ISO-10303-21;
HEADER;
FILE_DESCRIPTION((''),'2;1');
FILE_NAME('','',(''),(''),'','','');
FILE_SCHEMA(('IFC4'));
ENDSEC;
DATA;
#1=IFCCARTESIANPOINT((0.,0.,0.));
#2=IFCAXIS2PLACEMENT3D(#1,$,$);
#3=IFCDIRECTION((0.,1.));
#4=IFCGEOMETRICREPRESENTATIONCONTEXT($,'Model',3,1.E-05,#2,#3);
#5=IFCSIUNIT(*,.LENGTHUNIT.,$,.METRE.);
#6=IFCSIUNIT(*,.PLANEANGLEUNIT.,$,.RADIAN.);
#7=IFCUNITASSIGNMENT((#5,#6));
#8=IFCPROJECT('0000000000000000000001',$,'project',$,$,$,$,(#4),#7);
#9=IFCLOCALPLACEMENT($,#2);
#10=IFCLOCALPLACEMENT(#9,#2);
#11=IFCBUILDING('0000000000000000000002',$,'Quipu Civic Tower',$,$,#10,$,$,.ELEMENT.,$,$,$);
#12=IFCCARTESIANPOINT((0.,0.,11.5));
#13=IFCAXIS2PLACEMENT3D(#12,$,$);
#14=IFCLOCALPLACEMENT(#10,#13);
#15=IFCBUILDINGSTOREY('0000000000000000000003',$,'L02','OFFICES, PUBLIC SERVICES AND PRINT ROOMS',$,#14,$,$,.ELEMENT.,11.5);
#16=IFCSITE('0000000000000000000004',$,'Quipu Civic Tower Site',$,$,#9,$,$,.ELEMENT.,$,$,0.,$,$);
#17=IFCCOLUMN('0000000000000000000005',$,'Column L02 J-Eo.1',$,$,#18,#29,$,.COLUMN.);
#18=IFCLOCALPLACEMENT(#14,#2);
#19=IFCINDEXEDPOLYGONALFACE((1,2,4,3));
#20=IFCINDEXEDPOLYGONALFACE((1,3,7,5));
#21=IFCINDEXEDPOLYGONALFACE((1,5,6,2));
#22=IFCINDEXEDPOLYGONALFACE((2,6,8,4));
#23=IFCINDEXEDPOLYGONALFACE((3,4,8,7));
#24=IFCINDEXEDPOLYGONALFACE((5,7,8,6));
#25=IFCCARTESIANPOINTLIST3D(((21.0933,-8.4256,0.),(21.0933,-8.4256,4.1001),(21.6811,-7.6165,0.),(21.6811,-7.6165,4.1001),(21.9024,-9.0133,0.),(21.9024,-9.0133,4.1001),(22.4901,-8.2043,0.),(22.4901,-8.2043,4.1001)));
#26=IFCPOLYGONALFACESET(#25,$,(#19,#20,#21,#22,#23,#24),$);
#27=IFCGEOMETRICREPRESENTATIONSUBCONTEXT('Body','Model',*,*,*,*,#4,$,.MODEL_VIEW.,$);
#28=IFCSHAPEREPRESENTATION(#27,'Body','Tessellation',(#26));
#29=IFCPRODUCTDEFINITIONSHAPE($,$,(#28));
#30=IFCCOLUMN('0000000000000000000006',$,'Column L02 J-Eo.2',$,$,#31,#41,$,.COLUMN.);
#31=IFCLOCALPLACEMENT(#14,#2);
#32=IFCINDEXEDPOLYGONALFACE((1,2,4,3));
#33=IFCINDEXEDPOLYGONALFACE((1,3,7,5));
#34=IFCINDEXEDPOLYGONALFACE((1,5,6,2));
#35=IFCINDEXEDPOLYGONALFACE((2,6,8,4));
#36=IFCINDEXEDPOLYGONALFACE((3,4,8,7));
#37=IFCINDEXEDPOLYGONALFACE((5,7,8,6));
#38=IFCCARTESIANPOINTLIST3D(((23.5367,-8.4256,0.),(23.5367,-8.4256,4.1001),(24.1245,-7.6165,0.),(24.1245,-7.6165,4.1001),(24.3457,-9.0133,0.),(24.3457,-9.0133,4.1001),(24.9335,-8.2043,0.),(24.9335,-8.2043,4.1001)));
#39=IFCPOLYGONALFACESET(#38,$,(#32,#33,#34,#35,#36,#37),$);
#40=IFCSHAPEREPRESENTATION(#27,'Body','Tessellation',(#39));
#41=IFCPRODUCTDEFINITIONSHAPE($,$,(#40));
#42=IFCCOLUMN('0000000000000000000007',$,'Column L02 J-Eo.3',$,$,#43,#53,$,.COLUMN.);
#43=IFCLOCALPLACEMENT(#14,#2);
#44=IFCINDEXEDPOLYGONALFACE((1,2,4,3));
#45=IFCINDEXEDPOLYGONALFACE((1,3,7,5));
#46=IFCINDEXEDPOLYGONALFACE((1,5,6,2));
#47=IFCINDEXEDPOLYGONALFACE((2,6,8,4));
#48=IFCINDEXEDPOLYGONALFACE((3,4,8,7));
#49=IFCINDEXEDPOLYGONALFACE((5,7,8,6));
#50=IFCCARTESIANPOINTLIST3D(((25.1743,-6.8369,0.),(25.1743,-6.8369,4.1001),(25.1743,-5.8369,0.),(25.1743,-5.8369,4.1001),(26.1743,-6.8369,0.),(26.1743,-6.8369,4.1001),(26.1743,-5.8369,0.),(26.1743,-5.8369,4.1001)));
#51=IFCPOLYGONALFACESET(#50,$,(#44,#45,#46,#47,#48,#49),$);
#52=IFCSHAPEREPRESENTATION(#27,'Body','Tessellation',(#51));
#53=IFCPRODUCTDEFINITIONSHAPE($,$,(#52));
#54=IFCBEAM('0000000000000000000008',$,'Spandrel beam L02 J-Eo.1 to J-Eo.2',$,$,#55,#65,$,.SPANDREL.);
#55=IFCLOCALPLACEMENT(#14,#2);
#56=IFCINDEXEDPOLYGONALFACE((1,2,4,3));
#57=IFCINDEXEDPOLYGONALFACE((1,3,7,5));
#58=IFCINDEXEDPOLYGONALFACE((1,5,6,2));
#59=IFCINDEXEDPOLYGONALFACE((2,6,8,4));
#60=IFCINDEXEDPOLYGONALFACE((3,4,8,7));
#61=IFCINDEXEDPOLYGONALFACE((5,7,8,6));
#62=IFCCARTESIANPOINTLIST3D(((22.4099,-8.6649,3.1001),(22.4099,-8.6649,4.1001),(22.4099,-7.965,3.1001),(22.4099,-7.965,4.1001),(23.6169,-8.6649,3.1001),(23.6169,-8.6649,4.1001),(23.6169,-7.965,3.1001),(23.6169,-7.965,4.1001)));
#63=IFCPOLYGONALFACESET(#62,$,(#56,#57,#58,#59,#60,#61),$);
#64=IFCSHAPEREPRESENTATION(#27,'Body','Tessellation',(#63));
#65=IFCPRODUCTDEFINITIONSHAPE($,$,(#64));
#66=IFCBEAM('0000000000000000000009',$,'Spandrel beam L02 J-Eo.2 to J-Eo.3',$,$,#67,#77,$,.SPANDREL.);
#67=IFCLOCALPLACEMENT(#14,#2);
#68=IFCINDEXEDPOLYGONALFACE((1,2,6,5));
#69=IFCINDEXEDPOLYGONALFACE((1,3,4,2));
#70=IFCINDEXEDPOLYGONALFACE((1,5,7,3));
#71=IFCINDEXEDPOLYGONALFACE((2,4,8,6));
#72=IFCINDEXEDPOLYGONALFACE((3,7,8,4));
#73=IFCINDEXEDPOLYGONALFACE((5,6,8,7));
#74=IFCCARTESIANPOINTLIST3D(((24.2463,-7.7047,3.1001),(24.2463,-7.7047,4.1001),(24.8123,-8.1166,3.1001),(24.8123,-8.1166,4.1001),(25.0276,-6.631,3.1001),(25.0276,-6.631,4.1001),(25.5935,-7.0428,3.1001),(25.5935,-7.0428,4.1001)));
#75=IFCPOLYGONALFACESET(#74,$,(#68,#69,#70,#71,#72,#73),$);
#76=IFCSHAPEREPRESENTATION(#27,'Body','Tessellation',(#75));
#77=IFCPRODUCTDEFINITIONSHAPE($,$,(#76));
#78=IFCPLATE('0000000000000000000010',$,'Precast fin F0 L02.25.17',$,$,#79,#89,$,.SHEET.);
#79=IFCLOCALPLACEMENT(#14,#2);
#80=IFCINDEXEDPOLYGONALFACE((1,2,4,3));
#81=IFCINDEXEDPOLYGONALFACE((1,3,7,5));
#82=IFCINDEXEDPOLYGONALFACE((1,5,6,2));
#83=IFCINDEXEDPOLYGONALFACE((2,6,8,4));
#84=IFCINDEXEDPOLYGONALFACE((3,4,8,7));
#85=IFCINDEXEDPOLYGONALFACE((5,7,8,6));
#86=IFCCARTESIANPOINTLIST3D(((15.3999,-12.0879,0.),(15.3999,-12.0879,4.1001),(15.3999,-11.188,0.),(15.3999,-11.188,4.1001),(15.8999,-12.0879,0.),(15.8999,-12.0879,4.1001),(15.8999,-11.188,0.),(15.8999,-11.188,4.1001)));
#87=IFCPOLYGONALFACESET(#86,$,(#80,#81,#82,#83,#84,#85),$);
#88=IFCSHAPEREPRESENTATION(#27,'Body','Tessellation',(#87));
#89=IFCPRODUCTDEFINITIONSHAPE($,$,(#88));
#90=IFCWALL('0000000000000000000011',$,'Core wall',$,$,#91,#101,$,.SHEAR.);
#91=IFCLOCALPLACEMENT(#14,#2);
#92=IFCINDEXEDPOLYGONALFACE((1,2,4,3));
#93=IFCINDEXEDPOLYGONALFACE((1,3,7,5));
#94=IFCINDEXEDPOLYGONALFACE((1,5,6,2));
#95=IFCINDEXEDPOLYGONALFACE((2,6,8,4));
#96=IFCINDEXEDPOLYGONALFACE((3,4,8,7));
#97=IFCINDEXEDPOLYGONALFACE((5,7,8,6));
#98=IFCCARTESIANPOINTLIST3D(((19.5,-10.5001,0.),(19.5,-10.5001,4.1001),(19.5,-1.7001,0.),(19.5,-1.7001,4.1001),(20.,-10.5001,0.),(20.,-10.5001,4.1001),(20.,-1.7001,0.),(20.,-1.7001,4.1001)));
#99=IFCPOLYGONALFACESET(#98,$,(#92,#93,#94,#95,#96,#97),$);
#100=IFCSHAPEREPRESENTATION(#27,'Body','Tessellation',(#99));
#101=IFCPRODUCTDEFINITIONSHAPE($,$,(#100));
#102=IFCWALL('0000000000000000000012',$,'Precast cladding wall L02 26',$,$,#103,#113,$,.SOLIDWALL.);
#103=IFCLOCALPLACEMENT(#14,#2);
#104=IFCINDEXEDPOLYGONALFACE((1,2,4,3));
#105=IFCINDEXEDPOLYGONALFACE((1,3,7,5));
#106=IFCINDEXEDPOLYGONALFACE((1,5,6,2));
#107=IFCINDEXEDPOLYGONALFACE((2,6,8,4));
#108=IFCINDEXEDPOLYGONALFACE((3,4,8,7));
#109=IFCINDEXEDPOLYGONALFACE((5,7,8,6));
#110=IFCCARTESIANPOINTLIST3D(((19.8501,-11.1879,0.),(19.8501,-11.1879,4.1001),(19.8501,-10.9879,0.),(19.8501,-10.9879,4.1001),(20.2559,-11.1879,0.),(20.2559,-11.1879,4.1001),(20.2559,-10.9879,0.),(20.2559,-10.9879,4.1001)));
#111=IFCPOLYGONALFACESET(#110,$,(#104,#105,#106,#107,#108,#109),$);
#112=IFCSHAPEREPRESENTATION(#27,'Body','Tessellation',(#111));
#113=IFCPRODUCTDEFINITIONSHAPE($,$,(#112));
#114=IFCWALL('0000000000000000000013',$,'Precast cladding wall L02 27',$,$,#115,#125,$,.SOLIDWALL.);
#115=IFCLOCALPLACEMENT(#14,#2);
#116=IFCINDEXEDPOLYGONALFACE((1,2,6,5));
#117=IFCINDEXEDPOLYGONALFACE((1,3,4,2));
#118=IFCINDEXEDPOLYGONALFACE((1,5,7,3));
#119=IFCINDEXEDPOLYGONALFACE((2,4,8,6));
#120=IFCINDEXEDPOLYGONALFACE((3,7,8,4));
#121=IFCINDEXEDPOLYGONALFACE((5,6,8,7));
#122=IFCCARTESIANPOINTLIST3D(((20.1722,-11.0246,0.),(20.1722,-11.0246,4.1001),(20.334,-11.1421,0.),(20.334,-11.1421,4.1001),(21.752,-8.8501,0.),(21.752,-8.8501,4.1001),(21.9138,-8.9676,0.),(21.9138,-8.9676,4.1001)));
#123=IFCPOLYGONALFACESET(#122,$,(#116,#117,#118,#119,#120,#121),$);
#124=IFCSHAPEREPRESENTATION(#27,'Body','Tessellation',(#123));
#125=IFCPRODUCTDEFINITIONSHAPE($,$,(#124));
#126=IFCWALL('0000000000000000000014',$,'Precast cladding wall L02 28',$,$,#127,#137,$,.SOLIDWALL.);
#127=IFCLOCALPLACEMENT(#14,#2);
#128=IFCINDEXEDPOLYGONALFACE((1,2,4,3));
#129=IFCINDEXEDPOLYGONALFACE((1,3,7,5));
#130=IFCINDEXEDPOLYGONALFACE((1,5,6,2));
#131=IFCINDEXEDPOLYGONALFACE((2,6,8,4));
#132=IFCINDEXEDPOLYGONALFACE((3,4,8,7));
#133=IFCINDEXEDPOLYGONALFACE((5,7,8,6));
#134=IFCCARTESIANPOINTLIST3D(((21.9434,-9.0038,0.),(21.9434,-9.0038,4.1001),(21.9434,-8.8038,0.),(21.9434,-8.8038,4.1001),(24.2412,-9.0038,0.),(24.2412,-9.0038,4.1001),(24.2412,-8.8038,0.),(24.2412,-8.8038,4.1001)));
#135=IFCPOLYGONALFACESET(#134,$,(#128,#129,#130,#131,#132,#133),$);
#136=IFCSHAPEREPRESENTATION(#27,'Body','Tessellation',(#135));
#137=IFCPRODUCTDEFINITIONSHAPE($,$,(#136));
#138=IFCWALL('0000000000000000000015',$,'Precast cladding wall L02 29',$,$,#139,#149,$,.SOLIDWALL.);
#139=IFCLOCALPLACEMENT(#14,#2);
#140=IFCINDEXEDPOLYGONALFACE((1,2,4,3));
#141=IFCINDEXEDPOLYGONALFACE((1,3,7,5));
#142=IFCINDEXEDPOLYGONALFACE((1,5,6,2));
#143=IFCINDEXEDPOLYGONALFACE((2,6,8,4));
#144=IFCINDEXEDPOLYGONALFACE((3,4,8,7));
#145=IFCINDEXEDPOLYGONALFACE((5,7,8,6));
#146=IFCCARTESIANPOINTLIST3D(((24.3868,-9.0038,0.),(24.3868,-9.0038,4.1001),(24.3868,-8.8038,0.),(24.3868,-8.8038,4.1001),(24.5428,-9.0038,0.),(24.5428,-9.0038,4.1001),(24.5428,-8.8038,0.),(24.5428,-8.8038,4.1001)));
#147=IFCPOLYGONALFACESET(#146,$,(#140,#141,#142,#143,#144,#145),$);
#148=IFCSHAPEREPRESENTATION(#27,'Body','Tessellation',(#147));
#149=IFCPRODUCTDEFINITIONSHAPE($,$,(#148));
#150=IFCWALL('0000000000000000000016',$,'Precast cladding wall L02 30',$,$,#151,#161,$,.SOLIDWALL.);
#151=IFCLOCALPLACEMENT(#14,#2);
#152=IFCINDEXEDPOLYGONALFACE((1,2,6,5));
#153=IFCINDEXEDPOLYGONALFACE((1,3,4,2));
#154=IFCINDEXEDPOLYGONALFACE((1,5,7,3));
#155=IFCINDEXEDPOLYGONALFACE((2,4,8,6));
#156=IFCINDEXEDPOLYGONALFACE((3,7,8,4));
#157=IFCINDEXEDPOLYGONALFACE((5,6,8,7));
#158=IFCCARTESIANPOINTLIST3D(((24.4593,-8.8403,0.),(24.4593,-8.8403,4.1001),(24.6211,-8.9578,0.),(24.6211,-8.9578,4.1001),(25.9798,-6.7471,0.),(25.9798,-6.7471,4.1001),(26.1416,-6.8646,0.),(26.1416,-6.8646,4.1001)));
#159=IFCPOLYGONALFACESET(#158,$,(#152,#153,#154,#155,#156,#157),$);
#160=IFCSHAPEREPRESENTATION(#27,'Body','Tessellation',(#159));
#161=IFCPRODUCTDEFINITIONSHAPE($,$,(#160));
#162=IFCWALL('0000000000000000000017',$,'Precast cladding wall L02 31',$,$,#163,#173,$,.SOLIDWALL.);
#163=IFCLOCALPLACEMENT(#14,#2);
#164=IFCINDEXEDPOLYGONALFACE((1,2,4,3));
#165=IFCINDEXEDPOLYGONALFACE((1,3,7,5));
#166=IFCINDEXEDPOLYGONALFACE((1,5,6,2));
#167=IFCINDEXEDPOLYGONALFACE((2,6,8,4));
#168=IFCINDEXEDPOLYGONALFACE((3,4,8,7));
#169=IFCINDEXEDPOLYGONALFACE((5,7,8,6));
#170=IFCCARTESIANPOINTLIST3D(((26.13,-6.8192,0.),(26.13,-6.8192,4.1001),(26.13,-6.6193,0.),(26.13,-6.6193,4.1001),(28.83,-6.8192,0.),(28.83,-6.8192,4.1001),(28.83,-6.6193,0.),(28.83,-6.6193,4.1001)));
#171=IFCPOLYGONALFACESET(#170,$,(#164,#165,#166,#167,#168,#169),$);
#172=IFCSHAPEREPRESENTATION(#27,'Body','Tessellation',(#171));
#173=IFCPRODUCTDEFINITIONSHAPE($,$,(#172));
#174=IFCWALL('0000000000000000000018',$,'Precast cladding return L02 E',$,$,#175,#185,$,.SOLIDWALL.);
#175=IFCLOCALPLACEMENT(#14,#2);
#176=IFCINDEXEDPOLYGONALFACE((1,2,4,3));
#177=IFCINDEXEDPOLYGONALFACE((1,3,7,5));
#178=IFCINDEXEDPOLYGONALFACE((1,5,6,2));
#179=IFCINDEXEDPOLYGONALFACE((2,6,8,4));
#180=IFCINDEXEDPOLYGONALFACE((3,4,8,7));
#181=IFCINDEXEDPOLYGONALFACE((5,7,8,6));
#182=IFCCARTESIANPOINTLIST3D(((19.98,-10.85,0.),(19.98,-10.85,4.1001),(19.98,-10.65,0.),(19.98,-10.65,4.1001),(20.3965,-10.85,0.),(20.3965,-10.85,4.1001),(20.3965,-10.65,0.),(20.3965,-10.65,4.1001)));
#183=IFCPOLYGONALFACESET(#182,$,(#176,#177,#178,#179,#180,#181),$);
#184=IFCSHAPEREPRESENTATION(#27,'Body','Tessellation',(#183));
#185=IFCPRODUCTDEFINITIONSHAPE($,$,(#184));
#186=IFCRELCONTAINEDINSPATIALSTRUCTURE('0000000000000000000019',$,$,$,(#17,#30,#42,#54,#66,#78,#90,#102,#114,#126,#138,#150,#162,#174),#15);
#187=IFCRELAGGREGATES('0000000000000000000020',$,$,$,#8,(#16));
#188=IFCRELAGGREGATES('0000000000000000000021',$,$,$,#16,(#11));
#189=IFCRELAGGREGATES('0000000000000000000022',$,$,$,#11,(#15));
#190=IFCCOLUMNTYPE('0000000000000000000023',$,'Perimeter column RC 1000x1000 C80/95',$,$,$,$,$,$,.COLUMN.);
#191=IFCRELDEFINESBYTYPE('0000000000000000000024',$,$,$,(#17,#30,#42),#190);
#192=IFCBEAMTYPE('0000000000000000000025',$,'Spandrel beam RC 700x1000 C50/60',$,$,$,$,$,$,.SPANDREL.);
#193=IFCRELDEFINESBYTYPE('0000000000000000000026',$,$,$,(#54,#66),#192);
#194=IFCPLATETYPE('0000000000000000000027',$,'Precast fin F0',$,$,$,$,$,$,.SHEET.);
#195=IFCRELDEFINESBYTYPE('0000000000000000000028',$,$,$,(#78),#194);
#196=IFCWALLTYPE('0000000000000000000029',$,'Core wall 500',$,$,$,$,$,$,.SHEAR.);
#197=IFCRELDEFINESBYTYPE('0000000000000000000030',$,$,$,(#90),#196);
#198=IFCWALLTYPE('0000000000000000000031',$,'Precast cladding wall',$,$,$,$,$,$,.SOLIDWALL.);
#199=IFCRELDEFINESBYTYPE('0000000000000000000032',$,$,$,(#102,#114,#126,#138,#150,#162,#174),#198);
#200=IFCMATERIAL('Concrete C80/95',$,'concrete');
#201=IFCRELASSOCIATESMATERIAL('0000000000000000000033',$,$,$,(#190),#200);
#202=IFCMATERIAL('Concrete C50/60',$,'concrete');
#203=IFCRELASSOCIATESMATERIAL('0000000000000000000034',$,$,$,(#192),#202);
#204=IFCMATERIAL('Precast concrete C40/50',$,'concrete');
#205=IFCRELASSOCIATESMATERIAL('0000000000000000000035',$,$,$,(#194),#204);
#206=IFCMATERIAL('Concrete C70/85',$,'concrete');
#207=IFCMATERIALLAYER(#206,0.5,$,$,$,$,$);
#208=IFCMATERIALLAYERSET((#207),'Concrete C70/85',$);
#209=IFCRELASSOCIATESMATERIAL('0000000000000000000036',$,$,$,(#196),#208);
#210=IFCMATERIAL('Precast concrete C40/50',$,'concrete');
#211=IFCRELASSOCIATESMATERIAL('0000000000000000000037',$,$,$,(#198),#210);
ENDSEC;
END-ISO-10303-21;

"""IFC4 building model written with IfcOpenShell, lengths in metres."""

from ifc_helpers import new_model, si_unit, direction, frame, frame_2d, origin, origin_2d, place, context, subcontext, project, spatial, rectangle, extrude, material, layer, layer_set, material_profile, profile_set, type_object, element, save


model = new_model("IFC4")

# Units and contexts
model_context = context("Model", 3, precision=1e-05, world=origin(), true_north=direction((0.0, 1.0)))
body_context = subcontext(model_context, "Body", "Model", "MODEL_VIEW")
ifc_project = project(units=[si_unit("LENGTHUNIT", "METRE"), si_unit("PLANEANGLEUNIT", "RADIAN")], contexts=[model_context])

# Site, building, storey
site_placement = place(None, origin())
site = spatial("IfcSite", under=ifc_project, at=site_placement, Name="Quipu Civic Tower Site", CompositionType="ELEMENT", RefElevation=0.0)
building_placement = place(site_placement, origin())
building = spatial("IfcBuilding", under=site, at=building_placement, Name="Quipu Civic Tower", CompositionType="ELEMENT")
storey_placement = place(building_placement, frame((0.0, 0.0, 11.5)))
storey = spatial("IfcBuildingStorey", under=building, at=storey_placement, Name="L02", Description="OFFICES, PUBLIC SERVICES AND PRINT ROOMS", CompositionType="ELEMENT", Elevation=11.5)

# Columns
ifc_material_1 = material(Name="Concrete C80/95", Category="concrete")
ifc_material_profile_1 = material_profile(ifc_material_1, rectangle(XDim=1.0, YDim=1.0, at=origin_2d()), Name="RC1000x1000")
ifc_profile_set_1 = profile_set([ifc_material_profile_1], Name="Concrete C80/95")
column_type = type_object("IfcColumnType", Name="Perimeter column RC 1000x1000 C80/95", PredefinedType="COLUMN", material=ifc_profile_set_1)
for number, where, z_axis, x_axis, name in (
    (1, (21.7917, -8.3149, 0.0), (0.0, 0.0, 1.0), (0.587785, 0.809017, 0.0), "Column L02 J-Eo.1"),
    (2, (24.2351, -8.3149, 0.0), (0.0, 0.0, 1.0), (0.587785, 0.809017, 0.0), "Column L02 J-Eo.2"),
    (3, (25.6743, -6.3369, 0.0), (0.0, 0.0, 1.0), (1.0, 0.0, 0.0), "Column L02 J-Eo.3"),
):
    element("IfcColumn", number, at=place(storey_placement, frame(where, z_axis=z_axis, x_axis=x_axis)), inside=storey, type_object=column_type, Name=name, PredefinedType="COLUMN", context=body_context, shape_type="SweptSolid", body=[
        extrude(rectangle(XDim=1.0, YDim=1.0, at=origin_2d()), origin(), (0.0, 0.0, 1.0), 4.1001),
    ])

# Beams
ifc_material_2 = material(Name="Concrete C50/60", Category="concrete")
ifc_material_profile_2 = material_profile(ifc_material_2, rectangle(XDim=0.7, YDim=1.0, at=origin_2d()), Name="RC700x1000")
ifc_profile_set_2 = profile_set([ifc_material_profile_2], Name="Concrete C50/60")
beam_type = type_object("IfcBeamType", Name="Spandrel beam RC 700x1000 C50/60", PredefinedType="SPANDREL", material=ifc_profile_set_2)
beam_1_placement = place(storey_placement, frame((22.4099, -8.3149, 3.6001), z_axis=(1.0, 0.0, 0.0), x_axis=(0.0, 1.0, 0.0)))
element("IfcBeam", 4, at=beam_1_placement, inside=storey, type_object=beam_type, Name="Spandrel beam L02 J-Eo.1 to J-Eo.2", PredefinedType="SPANDREL", context=body_context, shape_type="SweptSolid", body=[
    extrude(rectangle(XDim=0.7, YDim=1.0, at=origin_2d()), origin(), (0.0, 0.0, 1.0), 1.207),
])
beam_2_placement = place(storey_placement, frame((24.5293, -7.9106, 3.6001), z_axis=(0.588347, 0.808609, 0.0), x_axis=(-0.808609, 0.588347, 0.0)))
element("IfcBeam", 5, at=beam_2_placement, inside=storey, type_object=beam_type, Name="Spandrel beam L02 J-Eo.2 to J-Eo.3", PredefinedType="SPANDREL", context=body_context, shape_type="SweptSolid", body=[
    extrude(rectangle(XDim=0.7, YDim=1.0, at=origin_2d()), origin(), (0.0, 0.0, 1.0), 1.3279),
])

# Plate
ifc_material_3 = material(Name="Precast concrete C40/50", Category="concrete")
plate_type = type_object("IfcPlateType", Name="Precast fin F0", PredefinedType="SHEET", material=ifc_material_3)
plate_placement = place(storey_placement, frame((15.6499, -11.6379, 0.0), z_axis=(0.0, 0.0, 1.0), x_axis=(1.0, 0.0, 0.0)))
element("IfcPlate", 6, at=plate_placement, inside=storey, type_object=plate_type, Name="Precast fin F0 L02.25.17", PredefinedType="SHEET", context=body_context, shape_type="SweptSolid", body=[
    extrude(rectangle(XDim=0.5, YDim=0.8999, at=origin_2d()), origin(), (0.0, 0.0, 1.0), 4.1001),
])

# Walls
ifc_material_4 = material(Name="Concrete C70/85", Category="concrete")
ifc_layer = layer(ifc_material_4, 0.5)
ifc_layer_set = layer_set([ifc_layer], Name="Concrete C70/85")
wall_type_1 = type_object("IfcWallType", Name="Core wall 500", PredefinedType="SHEAR", material=ifc_layer_set)
wall_1_placement = place(storey_placement, frame((19.75, -10.5, 0.0), z_axis=(0.0, 0.0, 1.0), x_axis=(0.0, 1.0, 0.0)))
element("IfcWall", 7, at=wall_1_placement, inside=storey, type_object=wall_type_1, Name="Core wall", PredefinedType="SHEAR", context=body_context, shape_type="SweptSolid", body=[
    extrude(rectangle(XDim=8.8, YDim=0.5, at=frame_2d((4.3999, 0.0))), origin(), (0.0, 0.0, 1.0), 4.1001),
])
ifc_material_5 = material(Name="Precast concrete C40/50", Category="concrete")
wall_type_2 = type_object("IfcWallType", Name="Precast cladding wall", PredefinedType="SOLIDWALL", material=ifc_material_5)
wall_2_placement = place(storey_placement, frame((19.8501, -11.0879, 0.0), z_axis=(0.0, 0.0, 1.0), x_axis=(1.0, 0.0, 0.0)))
element("IfcWall", 8, at=wall_2_placement, inside=storey, type_object=wall_type_2, Name="Precast cladding wall L02 26", PredefinedType="SOLIDWALL", context=body_context, shape_type="SweptSolid", body=[
    extrude(rectangle(XDim=0.4058, YDim=0.2, at=frame_2d((0.2029, 0.0))), origin(), (0.0, 0.0, 1.0), 4.1001),
])
wall_3_placement = place(storey_placement, frame((20.2532, -11.0833, 0.0), z_axis=(0.0, 0.0, 1.0), x_axis=(0.587767, 0.809031, 0.0)))
element("IfcWall", 9, at=wall_3_placement, inside=storey, type_object=wall_type_2, Name="Precast cladding wall L02 27", PredefinedType="SOLIDWALL", context=body_context, shape_type="SweptSolid", body=[
    extrude(rectangle(XDim=2.6877, YDim=0.2, at=frame_2d((1.3438, 0.0))), origin(), (0.0, 0.0, 1.0), 4.1001),
])
wall_4_placement = place(storey_placement, frame((21.9434, -8.9038, 0.0), z_axis=(0.0, 0.0, 1.0), x_axis=(1.0, 0.0, 0.0)))
element("IfcWall", 10, at=wall_4_placement, inside=storey, type_object=wall_type_2, Name="Precast cladding wall L02 28", PredefinedType="SOLIDWALL", context=body_context, shape_type="SweptSolid", body=[
    extrude(rectangle(XDim=2.2979, YDim=0.2, at=frame_2d((1.1489, 0.0))), origin(), (0.0, 0.0, 1.0), 4.1001),
])
wall_5_placement = place(storey_placement, frame((24.3867, -8.9038, 0.0), z_axis=(0.0, 0.0, 1.0), x_axis=(1.0, 0.0, 0.0)))
element("IfcWall", 11, at=wall_5_placement, inside=storey, type_object=wall_type_2, Name="Precast cladding wall L02 29", PredefinedType="SOLIDWALL", context=body_context, shape_type="SweptSolid", body=[
    extrude(rectangle(XDim=0.156, YDim=0.2, at=frame_2d((0.0781, 0.0))), origin(), (0.0, 0.0, 1.0), 4.1001),
])
wall_6_placement = place(storey_placement, frame((24.5403, -8.8989, 0.0), z_axis=(0.0, 0.0, 1.0), x_axis=(0.5877, 0.809079, 0.0)))
element("IfcWall", 12, at=wall_6_placement, inside=storey, type_object=wall_type_2, Name="Precast cladding wall L02 30", PredefinedType="SOLIDWALL", context=body_context, shape_type="SweptSolid", body=[
    extrude(rectangle(XDim=2.5872, YDim=0.2, at=frame_2d((1.2935, 0.0))), origin(), (0.0, 0.0, 1.0), 4.1001),
])
wall_7_placement = place(storey_placement, frame((26.1299, -6.7192, 0.0), z_axis=(0.0, 0.0, 1.0), x_axis=(1.0, 0.0, 0.0)))
element("IfcWall", 13, at=wall_7_placement, inside=storey, type_object=wall_type_2, Name="Precast cladding wall L02 31", PredefinedType="SOLIDWALL", context=body_context, shape_type="SweptSolid", body=[
    extrude(rectangle(XDim=2.7, YDim=0.2, at=frame_2d((1.3501, 0.0))), origin(), (0.0, 0.0, 1.0), 4.1001),
])
wall_8_placement = place(storey_placement, frame((19.98, -10.75, 0.0), z_axis=(0.0, 0.0, 1.0), x_axis=(1.0, 0.0, 0.0)))
element("IfcWall", 14, at=wall_8_placement, inside=storey, type_object=wall_type_2, Name="Precast cladding return L02 E", PredefinedType="SOLIDWALL", context=body_context, shape_type="SweptSolid", body=[
    extrude(rectangle(XDim=0.4165, YDim=0.2, at=frame_2d((0.2083, 0.0))), origin(), (0.0, 0.0, 1.0), 4.1001),
])

save(model, "model.ifc")
